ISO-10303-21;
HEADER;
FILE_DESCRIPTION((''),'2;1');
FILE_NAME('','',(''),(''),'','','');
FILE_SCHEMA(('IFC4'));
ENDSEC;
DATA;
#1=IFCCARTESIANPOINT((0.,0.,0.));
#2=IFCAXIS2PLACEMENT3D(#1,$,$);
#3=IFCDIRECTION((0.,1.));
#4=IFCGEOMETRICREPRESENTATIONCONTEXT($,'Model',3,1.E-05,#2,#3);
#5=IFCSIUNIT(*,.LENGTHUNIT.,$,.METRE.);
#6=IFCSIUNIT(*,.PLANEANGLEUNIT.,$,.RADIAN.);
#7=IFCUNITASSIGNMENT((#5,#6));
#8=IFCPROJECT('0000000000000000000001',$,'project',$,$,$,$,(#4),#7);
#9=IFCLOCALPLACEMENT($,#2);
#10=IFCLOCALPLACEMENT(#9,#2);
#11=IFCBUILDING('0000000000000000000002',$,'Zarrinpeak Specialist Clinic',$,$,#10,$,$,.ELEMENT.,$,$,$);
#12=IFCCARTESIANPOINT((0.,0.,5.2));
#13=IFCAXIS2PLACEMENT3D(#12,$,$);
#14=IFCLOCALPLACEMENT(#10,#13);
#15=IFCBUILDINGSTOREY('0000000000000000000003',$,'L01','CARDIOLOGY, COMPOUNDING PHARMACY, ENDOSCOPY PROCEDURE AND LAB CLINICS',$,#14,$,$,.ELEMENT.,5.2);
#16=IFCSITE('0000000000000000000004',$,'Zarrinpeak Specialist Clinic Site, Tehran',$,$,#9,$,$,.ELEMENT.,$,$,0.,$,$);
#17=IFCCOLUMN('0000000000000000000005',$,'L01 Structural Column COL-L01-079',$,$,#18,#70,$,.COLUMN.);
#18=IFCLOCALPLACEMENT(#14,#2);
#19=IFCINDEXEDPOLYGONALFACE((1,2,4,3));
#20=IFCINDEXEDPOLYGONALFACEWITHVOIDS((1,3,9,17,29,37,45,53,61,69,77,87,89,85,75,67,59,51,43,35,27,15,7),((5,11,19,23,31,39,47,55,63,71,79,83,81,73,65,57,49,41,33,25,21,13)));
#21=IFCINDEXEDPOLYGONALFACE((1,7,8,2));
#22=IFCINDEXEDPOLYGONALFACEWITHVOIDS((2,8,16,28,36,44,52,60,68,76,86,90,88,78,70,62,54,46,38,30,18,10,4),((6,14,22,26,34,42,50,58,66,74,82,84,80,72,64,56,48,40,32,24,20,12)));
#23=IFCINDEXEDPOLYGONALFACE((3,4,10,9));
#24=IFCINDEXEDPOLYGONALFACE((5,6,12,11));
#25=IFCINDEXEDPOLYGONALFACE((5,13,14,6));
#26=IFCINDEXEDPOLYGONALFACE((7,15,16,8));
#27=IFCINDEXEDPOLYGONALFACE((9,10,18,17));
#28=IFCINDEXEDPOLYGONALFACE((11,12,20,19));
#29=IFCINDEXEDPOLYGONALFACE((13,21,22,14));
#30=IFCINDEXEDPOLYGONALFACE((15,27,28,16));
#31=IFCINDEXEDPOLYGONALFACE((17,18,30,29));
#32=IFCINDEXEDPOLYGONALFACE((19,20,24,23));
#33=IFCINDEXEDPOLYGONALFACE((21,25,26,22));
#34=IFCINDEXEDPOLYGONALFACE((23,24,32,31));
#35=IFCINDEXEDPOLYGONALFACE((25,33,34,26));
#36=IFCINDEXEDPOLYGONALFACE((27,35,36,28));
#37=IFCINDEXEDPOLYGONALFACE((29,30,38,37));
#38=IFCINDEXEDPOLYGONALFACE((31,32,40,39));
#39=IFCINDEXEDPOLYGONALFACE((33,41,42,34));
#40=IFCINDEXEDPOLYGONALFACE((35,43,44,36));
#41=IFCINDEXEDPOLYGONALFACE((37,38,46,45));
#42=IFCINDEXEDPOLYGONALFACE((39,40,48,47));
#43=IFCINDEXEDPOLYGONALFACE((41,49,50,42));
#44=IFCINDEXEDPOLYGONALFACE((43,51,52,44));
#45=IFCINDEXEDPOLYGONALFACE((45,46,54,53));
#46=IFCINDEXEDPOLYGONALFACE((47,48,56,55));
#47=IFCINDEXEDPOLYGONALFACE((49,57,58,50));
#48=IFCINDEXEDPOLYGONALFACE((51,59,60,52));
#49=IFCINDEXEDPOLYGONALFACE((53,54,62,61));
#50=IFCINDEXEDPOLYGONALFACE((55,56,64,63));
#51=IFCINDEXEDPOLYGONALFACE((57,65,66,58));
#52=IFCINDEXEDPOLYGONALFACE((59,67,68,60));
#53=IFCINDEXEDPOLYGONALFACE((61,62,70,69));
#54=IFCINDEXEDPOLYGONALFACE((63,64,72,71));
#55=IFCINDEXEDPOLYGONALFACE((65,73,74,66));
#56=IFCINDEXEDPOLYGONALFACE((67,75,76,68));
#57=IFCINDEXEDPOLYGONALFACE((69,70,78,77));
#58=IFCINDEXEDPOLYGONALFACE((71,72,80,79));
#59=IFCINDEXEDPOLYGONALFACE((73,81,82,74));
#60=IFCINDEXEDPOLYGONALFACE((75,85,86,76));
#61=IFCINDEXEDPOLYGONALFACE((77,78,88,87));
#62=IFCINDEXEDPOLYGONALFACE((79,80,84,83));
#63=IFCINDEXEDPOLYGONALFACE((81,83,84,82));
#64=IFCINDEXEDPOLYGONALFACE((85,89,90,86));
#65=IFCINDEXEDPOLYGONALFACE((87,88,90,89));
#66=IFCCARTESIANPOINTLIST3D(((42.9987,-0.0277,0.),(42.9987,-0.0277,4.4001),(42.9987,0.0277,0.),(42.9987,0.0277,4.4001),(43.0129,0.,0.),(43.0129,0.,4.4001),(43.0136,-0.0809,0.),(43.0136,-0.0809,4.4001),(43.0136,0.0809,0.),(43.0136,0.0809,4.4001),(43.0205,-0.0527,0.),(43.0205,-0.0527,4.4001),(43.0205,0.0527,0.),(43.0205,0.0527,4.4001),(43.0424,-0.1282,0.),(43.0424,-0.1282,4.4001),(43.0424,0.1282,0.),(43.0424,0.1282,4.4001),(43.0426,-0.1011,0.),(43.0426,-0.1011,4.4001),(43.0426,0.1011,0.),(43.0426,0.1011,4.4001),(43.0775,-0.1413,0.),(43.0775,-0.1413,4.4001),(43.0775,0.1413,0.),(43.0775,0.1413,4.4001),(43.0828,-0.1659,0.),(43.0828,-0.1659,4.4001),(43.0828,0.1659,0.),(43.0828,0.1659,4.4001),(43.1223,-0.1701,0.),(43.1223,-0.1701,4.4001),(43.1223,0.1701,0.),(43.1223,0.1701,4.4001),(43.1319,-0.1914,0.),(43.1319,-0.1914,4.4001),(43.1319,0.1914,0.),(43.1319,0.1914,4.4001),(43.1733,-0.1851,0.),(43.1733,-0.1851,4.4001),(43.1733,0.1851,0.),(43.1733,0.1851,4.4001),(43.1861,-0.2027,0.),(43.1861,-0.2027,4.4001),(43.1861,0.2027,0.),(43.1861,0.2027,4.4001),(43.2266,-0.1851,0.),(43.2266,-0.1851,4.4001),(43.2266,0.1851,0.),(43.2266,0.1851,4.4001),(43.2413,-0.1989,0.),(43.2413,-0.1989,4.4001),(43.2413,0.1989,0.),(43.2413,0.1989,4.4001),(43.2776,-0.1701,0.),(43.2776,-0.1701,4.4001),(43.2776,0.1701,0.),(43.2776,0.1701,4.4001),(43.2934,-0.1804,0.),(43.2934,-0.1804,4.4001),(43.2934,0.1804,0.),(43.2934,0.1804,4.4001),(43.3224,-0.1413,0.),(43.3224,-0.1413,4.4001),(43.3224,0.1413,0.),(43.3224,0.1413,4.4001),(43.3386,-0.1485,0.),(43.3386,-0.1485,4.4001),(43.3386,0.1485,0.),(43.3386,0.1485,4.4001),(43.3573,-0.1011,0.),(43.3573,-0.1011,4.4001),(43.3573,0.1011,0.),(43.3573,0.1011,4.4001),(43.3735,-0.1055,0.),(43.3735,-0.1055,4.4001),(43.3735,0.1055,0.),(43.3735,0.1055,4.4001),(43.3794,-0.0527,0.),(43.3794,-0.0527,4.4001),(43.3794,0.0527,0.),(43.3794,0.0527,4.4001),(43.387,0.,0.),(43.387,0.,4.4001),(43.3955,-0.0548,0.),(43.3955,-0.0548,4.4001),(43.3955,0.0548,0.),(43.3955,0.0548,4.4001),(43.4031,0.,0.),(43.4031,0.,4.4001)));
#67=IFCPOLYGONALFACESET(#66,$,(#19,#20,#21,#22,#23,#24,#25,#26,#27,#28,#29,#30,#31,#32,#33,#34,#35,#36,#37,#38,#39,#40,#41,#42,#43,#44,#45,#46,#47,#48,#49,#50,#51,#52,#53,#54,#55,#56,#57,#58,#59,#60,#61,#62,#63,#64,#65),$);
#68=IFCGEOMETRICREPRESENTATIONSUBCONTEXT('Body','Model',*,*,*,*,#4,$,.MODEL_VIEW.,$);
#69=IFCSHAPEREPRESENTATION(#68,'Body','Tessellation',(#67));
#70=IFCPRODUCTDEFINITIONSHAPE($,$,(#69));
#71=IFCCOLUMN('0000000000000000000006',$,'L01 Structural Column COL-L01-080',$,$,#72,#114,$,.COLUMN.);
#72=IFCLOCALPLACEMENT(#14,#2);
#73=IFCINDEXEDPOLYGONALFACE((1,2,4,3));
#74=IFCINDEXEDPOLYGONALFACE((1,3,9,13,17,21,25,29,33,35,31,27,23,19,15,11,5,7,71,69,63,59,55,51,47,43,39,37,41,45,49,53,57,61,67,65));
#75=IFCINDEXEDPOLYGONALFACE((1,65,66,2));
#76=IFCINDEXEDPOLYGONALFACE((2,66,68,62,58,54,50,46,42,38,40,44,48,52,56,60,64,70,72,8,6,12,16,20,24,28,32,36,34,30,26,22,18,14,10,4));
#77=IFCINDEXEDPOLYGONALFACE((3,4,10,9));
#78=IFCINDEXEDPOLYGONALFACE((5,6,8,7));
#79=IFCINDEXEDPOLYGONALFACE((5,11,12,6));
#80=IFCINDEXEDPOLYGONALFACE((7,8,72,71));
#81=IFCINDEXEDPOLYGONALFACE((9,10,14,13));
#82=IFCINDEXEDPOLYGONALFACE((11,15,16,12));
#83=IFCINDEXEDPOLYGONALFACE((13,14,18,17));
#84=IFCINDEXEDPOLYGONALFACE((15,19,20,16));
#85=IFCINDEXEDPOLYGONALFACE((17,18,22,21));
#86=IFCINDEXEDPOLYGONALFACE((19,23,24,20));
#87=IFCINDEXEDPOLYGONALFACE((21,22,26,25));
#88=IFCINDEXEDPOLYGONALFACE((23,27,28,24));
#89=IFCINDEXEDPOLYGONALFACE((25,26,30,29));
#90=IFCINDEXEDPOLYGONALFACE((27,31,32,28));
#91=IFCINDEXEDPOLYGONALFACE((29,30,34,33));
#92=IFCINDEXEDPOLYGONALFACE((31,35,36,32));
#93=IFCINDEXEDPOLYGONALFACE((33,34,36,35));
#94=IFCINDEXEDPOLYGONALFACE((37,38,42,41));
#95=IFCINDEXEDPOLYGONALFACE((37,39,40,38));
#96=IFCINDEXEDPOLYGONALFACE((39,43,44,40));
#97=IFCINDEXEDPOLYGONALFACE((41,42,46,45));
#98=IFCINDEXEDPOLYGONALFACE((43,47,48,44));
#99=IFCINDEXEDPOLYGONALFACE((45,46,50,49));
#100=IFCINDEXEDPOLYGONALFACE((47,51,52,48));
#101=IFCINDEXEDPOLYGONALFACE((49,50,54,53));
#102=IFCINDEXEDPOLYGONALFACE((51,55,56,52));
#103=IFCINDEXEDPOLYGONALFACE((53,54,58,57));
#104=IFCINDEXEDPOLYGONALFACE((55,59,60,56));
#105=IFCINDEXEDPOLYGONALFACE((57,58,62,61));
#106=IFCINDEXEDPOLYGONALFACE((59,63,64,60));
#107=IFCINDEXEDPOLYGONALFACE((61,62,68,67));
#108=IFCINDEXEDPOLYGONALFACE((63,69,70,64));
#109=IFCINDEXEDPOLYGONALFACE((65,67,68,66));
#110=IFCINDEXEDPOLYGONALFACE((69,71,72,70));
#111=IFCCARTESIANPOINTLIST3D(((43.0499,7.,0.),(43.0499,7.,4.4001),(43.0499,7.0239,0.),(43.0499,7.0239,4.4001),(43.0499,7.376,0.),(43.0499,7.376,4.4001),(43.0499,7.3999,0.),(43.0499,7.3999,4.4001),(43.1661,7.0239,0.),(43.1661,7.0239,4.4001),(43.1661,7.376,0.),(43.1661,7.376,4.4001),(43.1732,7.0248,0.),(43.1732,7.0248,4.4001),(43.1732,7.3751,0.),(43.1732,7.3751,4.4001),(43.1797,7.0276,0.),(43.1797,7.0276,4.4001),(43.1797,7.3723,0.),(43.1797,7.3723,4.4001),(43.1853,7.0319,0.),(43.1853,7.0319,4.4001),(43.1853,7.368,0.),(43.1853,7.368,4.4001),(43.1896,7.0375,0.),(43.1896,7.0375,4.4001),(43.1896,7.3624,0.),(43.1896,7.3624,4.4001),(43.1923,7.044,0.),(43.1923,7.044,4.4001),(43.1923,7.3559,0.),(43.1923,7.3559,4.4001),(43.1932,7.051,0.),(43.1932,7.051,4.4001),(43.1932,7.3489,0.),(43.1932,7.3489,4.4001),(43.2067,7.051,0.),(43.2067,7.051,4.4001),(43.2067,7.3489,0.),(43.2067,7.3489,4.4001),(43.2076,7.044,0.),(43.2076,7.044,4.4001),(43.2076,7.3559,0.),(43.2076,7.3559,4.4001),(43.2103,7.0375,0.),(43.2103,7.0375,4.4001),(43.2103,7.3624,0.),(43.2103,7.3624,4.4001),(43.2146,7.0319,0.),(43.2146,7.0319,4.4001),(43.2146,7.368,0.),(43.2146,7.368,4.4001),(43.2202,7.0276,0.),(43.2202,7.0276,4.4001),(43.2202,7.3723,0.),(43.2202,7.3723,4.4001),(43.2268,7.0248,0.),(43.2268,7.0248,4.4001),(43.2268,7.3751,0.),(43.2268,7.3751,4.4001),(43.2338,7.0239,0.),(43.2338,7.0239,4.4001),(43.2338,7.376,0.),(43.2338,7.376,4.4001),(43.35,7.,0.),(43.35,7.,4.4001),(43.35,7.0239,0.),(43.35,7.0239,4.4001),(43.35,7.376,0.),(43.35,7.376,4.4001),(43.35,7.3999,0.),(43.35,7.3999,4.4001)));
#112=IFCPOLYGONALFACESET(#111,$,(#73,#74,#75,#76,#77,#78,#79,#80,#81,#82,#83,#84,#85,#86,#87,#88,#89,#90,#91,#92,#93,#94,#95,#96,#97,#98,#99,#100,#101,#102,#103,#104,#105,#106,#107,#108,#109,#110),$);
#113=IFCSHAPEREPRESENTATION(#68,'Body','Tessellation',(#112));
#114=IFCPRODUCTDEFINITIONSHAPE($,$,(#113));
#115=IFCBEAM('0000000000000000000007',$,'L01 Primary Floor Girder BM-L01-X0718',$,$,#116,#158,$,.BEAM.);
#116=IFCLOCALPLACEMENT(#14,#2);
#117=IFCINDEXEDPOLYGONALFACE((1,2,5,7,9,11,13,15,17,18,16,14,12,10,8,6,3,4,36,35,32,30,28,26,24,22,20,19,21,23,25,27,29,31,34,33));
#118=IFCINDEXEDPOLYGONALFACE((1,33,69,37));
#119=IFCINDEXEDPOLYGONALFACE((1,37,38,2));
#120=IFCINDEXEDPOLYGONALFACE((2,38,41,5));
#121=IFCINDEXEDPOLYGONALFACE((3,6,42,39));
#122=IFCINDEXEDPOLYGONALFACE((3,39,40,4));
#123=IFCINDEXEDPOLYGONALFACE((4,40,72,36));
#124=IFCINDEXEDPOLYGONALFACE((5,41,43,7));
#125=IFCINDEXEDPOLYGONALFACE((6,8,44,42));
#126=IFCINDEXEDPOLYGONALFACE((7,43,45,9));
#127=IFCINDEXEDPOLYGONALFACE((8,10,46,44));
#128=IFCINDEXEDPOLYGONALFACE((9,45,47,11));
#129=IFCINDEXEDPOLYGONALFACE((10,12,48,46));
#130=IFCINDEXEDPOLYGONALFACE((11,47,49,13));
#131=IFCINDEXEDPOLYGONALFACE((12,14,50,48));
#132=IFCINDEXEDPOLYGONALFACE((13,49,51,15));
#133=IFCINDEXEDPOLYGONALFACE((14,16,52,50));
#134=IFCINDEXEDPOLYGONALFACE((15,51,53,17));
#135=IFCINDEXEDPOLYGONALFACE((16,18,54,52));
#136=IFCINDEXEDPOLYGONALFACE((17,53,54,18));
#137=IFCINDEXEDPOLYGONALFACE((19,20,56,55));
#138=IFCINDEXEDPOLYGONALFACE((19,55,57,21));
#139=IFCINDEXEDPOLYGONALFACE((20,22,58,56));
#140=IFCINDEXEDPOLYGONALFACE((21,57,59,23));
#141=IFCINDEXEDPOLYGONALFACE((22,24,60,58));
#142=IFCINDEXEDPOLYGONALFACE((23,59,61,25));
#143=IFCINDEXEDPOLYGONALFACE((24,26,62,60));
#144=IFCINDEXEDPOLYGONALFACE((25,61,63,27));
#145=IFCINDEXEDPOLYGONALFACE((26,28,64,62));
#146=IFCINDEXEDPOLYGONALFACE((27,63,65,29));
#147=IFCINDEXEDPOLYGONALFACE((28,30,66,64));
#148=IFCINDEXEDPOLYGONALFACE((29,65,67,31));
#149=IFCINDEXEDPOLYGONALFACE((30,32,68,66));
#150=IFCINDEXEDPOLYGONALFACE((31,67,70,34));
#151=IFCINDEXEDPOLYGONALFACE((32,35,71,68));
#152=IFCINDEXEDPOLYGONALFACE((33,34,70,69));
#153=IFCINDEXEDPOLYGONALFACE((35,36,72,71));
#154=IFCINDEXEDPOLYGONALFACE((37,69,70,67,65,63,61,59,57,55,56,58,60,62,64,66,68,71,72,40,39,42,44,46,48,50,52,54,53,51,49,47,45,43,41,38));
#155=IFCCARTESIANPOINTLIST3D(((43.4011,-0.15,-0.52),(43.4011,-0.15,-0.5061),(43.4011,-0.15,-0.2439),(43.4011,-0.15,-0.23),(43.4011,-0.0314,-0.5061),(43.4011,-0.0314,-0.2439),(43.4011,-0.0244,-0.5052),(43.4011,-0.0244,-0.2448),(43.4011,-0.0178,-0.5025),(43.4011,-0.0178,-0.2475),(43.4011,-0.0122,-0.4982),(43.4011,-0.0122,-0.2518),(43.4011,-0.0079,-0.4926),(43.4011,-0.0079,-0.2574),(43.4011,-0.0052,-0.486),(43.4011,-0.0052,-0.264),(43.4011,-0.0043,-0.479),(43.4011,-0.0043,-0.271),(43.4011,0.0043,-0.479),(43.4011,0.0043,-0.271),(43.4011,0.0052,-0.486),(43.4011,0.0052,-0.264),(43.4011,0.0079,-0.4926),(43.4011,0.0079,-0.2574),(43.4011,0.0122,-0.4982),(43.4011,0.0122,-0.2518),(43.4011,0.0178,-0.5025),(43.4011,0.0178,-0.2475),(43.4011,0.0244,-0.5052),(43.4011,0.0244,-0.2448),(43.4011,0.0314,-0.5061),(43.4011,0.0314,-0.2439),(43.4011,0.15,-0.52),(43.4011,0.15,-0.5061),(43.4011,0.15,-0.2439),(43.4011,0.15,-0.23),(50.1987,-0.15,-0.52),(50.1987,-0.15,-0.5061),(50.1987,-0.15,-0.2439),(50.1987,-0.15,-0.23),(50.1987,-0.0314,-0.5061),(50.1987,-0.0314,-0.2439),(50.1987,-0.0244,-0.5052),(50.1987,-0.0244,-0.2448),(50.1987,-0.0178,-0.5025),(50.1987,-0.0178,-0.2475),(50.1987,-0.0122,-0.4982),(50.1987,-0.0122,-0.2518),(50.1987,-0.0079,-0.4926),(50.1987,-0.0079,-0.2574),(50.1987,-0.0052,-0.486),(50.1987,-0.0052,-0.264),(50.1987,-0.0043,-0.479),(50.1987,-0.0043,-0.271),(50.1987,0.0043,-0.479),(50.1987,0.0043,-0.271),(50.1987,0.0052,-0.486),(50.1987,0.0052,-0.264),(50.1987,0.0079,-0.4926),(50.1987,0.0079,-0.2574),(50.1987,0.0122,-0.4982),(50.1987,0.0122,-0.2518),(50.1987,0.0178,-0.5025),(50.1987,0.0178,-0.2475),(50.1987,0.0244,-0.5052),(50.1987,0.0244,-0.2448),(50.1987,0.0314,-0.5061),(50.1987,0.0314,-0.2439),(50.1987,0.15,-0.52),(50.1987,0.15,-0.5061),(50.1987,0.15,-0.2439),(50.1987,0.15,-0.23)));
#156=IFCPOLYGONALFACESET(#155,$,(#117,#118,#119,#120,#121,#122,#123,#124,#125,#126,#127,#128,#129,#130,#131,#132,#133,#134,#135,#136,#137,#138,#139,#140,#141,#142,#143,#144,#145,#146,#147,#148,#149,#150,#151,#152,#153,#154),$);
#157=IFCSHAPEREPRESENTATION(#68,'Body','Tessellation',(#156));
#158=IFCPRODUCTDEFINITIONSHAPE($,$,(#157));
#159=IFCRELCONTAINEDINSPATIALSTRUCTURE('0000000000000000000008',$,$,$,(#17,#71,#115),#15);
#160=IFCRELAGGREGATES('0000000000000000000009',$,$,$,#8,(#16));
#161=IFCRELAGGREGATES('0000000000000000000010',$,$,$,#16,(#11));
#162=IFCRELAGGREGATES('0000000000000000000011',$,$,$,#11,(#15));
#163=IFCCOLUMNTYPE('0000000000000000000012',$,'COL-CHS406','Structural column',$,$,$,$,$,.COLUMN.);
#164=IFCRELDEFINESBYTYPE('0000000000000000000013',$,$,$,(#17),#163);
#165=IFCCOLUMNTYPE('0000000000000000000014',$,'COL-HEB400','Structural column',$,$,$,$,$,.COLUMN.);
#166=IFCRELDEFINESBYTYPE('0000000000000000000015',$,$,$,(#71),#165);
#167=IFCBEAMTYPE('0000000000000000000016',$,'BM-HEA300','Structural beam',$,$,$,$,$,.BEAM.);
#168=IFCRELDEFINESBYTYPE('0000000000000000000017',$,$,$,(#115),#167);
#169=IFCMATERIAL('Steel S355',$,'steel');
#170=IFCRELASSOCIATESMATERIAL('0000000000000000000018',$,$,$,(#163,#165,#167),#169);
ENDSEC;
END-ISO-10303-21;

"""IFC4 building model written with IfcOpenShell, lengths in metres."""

from ifc_helpers import new_model, si_unit, direction, frame, origin, origin_2d, place, context, subcontext, project, spatial, hollow_circle, i_section, extrude, material, material_profile, profile_set, type_object, element, save


model = new_model("IFC4")

# Units and contexts
model_context = context("Model", 3, precision=1e-05, world=origin(), true_north=direction((0.0, 1.0)))
body_context = subcontext(model_context, "Body", "Model", "MODEL_VIEW")
ifc_project = project(units=[si_unit("LENGTHUNIT", "METRE"), si_unit("PLANEANGLEUNIT", "RADIAN")], contexts=[model_context])

# Site, building, storey
site_placement = place(None, origin())
site = spatial("IfcSite", under=ifc_project, at=site_placement, Name="Zarrinpeak Specialist Clinic Site, Tehran", CompositionType="ELEMENT", RefElevation=0.0)
building_placement = place(site_placement, origin())
building = spatial("IfcBuilding", under=site, at=building_placement, Name="Zarrinpeak Specialist Clinic", CompositionType="ELEMENT")
storey_placement = place(building_placement, frame((0.0, 0.0, 5.2)))
storey = spatial("IfcBuildingStorey", under=building, at=storey_placement, Name="L01", Description="CARDIOLOGY, COMPOUNDING PHARMACY, ENDOSCOPY PROCEDURE AND LAB CLINICS", CompositionType="ELEMENT", Elevation=5.2)

# Columns
ifc_material_1 = material(Name="Steel S355", Category="steel")
ifc_material_profile_1 = material_profile(ifc_material_1, hollow_circle(Radius=0.2031, WallThickness=0.0161, at=origin_2d()), Name="CHS 406.4x16.0")
ifc_profile_set_1 = profile_set([ifc_material_profile_1], Name="Steel S355")
column_type_1 = type_object("IfcColumnType", Name="COL-CHS406", Description="Structural column", PredefinedType="COLUMN", material=ifc_profile_set_1)
column_1_placement = place(storey_placement, frame((43.2, 0.0, 0.0), z_axis=(0.0, 0.0, 1.0), x_axis=(1.0, 0.0, 0.0)))
element("IfcColumn", 1, at=column_1_placement, inside=storey, type_object=column_type_1, Name="L01 Structural Column COL-L01-079", PredefinedType="COLUMN", context=body_context, shape_type="SweptSolid", body=[
    extrude(hollow_circle(Radius=0.2031, WallThickness=0.0161, at=origin_2d()), origin(), (0.0, 0.0, 1.0), 4.4001),
])
ifc_material_profile_2 = material_profile(ifc_material_1, i_section(OverallWidth=0.3, OverallDepth=0.3999, WebThickness=0.0134, FlangeThickness=0.0239, FilletRadius=0.0271, at=origin_2d()), Name="HEB 400")
ifc_profile_set_2 = profile_set([ifc_material_profile_2], Name="Steel S355")
column_type_2 = type_object("IfcColumnType", Name="COL-HEB400", Description="Structural column", PredefinedType="COLUMN", material=ifc_profile_set_2)
column_2_placement = place(storey_placement, frame((43.2, 7.2, 0.0), z_axis=(0.0, 0.0, 1.0), x_axis=(1.0, 0.0, 0.0)))
element("IfcColumn", 2, at=column_2_placement, inside=storey, type_object=column_type_2, Name="L01 Structural Column COL-L01-080", PredefinedType="COLUMN", context=body_context, shape_type="SweptSolid", body=[
    extrude(i_section(OverallWidth=0.3, OverallDepth=0.3999, WebThickness=0.0134, FlangeThickness=0.0239, FilletRadius=0.0271, at=origin_2d()), origin(), (0.0, 0.0, 1.0), 4.4001),
])

# Beam
ifc_material_profile_3 = material_profile(ifc_material_1, i_section(OverallWidth=0.3, OverallDepth=0.29, WebThickness=0.0085, FlangeThickness=0.0139, FilletRadius=0.0271, at=origin_2d()), Name="HEA 300")
ifc_profile_set_3 = profile_set([ifc_material_profile_3], Name="Steel S355")
beam_type = type_object("IfcBeamType", Name="BM-HEA300", Description="Structural beam", PredefinedType="BEAM", material=ifc_profile_set_3)
beam_1_placement = place(storey_placement, frame((43.4011, 0.0, -0.375), z_axis=(1.0, 0.0, 0.0), x_axis=(0.0, 1.0, 0.0)))
element("IfcBeam", 3, at=beam_1_placement, inside=storey, type_object=beam_type, Name="L01 Primary Floor Girder BM-L01-X0718", PredefinedType="BEAM", context=body_context, shape_type="SweptSolid", body=[
    extrude(i_section(OverallWidth=0.3, OverallDepth=0.29, WebThickness=0.0085, FlangeThickness=0.0139, FilletRadius=0.0271, at=origin_2d()), origin(), (0.0, 0.0, 1.0), 6.7976),
])

save(model, "model.ifc")
